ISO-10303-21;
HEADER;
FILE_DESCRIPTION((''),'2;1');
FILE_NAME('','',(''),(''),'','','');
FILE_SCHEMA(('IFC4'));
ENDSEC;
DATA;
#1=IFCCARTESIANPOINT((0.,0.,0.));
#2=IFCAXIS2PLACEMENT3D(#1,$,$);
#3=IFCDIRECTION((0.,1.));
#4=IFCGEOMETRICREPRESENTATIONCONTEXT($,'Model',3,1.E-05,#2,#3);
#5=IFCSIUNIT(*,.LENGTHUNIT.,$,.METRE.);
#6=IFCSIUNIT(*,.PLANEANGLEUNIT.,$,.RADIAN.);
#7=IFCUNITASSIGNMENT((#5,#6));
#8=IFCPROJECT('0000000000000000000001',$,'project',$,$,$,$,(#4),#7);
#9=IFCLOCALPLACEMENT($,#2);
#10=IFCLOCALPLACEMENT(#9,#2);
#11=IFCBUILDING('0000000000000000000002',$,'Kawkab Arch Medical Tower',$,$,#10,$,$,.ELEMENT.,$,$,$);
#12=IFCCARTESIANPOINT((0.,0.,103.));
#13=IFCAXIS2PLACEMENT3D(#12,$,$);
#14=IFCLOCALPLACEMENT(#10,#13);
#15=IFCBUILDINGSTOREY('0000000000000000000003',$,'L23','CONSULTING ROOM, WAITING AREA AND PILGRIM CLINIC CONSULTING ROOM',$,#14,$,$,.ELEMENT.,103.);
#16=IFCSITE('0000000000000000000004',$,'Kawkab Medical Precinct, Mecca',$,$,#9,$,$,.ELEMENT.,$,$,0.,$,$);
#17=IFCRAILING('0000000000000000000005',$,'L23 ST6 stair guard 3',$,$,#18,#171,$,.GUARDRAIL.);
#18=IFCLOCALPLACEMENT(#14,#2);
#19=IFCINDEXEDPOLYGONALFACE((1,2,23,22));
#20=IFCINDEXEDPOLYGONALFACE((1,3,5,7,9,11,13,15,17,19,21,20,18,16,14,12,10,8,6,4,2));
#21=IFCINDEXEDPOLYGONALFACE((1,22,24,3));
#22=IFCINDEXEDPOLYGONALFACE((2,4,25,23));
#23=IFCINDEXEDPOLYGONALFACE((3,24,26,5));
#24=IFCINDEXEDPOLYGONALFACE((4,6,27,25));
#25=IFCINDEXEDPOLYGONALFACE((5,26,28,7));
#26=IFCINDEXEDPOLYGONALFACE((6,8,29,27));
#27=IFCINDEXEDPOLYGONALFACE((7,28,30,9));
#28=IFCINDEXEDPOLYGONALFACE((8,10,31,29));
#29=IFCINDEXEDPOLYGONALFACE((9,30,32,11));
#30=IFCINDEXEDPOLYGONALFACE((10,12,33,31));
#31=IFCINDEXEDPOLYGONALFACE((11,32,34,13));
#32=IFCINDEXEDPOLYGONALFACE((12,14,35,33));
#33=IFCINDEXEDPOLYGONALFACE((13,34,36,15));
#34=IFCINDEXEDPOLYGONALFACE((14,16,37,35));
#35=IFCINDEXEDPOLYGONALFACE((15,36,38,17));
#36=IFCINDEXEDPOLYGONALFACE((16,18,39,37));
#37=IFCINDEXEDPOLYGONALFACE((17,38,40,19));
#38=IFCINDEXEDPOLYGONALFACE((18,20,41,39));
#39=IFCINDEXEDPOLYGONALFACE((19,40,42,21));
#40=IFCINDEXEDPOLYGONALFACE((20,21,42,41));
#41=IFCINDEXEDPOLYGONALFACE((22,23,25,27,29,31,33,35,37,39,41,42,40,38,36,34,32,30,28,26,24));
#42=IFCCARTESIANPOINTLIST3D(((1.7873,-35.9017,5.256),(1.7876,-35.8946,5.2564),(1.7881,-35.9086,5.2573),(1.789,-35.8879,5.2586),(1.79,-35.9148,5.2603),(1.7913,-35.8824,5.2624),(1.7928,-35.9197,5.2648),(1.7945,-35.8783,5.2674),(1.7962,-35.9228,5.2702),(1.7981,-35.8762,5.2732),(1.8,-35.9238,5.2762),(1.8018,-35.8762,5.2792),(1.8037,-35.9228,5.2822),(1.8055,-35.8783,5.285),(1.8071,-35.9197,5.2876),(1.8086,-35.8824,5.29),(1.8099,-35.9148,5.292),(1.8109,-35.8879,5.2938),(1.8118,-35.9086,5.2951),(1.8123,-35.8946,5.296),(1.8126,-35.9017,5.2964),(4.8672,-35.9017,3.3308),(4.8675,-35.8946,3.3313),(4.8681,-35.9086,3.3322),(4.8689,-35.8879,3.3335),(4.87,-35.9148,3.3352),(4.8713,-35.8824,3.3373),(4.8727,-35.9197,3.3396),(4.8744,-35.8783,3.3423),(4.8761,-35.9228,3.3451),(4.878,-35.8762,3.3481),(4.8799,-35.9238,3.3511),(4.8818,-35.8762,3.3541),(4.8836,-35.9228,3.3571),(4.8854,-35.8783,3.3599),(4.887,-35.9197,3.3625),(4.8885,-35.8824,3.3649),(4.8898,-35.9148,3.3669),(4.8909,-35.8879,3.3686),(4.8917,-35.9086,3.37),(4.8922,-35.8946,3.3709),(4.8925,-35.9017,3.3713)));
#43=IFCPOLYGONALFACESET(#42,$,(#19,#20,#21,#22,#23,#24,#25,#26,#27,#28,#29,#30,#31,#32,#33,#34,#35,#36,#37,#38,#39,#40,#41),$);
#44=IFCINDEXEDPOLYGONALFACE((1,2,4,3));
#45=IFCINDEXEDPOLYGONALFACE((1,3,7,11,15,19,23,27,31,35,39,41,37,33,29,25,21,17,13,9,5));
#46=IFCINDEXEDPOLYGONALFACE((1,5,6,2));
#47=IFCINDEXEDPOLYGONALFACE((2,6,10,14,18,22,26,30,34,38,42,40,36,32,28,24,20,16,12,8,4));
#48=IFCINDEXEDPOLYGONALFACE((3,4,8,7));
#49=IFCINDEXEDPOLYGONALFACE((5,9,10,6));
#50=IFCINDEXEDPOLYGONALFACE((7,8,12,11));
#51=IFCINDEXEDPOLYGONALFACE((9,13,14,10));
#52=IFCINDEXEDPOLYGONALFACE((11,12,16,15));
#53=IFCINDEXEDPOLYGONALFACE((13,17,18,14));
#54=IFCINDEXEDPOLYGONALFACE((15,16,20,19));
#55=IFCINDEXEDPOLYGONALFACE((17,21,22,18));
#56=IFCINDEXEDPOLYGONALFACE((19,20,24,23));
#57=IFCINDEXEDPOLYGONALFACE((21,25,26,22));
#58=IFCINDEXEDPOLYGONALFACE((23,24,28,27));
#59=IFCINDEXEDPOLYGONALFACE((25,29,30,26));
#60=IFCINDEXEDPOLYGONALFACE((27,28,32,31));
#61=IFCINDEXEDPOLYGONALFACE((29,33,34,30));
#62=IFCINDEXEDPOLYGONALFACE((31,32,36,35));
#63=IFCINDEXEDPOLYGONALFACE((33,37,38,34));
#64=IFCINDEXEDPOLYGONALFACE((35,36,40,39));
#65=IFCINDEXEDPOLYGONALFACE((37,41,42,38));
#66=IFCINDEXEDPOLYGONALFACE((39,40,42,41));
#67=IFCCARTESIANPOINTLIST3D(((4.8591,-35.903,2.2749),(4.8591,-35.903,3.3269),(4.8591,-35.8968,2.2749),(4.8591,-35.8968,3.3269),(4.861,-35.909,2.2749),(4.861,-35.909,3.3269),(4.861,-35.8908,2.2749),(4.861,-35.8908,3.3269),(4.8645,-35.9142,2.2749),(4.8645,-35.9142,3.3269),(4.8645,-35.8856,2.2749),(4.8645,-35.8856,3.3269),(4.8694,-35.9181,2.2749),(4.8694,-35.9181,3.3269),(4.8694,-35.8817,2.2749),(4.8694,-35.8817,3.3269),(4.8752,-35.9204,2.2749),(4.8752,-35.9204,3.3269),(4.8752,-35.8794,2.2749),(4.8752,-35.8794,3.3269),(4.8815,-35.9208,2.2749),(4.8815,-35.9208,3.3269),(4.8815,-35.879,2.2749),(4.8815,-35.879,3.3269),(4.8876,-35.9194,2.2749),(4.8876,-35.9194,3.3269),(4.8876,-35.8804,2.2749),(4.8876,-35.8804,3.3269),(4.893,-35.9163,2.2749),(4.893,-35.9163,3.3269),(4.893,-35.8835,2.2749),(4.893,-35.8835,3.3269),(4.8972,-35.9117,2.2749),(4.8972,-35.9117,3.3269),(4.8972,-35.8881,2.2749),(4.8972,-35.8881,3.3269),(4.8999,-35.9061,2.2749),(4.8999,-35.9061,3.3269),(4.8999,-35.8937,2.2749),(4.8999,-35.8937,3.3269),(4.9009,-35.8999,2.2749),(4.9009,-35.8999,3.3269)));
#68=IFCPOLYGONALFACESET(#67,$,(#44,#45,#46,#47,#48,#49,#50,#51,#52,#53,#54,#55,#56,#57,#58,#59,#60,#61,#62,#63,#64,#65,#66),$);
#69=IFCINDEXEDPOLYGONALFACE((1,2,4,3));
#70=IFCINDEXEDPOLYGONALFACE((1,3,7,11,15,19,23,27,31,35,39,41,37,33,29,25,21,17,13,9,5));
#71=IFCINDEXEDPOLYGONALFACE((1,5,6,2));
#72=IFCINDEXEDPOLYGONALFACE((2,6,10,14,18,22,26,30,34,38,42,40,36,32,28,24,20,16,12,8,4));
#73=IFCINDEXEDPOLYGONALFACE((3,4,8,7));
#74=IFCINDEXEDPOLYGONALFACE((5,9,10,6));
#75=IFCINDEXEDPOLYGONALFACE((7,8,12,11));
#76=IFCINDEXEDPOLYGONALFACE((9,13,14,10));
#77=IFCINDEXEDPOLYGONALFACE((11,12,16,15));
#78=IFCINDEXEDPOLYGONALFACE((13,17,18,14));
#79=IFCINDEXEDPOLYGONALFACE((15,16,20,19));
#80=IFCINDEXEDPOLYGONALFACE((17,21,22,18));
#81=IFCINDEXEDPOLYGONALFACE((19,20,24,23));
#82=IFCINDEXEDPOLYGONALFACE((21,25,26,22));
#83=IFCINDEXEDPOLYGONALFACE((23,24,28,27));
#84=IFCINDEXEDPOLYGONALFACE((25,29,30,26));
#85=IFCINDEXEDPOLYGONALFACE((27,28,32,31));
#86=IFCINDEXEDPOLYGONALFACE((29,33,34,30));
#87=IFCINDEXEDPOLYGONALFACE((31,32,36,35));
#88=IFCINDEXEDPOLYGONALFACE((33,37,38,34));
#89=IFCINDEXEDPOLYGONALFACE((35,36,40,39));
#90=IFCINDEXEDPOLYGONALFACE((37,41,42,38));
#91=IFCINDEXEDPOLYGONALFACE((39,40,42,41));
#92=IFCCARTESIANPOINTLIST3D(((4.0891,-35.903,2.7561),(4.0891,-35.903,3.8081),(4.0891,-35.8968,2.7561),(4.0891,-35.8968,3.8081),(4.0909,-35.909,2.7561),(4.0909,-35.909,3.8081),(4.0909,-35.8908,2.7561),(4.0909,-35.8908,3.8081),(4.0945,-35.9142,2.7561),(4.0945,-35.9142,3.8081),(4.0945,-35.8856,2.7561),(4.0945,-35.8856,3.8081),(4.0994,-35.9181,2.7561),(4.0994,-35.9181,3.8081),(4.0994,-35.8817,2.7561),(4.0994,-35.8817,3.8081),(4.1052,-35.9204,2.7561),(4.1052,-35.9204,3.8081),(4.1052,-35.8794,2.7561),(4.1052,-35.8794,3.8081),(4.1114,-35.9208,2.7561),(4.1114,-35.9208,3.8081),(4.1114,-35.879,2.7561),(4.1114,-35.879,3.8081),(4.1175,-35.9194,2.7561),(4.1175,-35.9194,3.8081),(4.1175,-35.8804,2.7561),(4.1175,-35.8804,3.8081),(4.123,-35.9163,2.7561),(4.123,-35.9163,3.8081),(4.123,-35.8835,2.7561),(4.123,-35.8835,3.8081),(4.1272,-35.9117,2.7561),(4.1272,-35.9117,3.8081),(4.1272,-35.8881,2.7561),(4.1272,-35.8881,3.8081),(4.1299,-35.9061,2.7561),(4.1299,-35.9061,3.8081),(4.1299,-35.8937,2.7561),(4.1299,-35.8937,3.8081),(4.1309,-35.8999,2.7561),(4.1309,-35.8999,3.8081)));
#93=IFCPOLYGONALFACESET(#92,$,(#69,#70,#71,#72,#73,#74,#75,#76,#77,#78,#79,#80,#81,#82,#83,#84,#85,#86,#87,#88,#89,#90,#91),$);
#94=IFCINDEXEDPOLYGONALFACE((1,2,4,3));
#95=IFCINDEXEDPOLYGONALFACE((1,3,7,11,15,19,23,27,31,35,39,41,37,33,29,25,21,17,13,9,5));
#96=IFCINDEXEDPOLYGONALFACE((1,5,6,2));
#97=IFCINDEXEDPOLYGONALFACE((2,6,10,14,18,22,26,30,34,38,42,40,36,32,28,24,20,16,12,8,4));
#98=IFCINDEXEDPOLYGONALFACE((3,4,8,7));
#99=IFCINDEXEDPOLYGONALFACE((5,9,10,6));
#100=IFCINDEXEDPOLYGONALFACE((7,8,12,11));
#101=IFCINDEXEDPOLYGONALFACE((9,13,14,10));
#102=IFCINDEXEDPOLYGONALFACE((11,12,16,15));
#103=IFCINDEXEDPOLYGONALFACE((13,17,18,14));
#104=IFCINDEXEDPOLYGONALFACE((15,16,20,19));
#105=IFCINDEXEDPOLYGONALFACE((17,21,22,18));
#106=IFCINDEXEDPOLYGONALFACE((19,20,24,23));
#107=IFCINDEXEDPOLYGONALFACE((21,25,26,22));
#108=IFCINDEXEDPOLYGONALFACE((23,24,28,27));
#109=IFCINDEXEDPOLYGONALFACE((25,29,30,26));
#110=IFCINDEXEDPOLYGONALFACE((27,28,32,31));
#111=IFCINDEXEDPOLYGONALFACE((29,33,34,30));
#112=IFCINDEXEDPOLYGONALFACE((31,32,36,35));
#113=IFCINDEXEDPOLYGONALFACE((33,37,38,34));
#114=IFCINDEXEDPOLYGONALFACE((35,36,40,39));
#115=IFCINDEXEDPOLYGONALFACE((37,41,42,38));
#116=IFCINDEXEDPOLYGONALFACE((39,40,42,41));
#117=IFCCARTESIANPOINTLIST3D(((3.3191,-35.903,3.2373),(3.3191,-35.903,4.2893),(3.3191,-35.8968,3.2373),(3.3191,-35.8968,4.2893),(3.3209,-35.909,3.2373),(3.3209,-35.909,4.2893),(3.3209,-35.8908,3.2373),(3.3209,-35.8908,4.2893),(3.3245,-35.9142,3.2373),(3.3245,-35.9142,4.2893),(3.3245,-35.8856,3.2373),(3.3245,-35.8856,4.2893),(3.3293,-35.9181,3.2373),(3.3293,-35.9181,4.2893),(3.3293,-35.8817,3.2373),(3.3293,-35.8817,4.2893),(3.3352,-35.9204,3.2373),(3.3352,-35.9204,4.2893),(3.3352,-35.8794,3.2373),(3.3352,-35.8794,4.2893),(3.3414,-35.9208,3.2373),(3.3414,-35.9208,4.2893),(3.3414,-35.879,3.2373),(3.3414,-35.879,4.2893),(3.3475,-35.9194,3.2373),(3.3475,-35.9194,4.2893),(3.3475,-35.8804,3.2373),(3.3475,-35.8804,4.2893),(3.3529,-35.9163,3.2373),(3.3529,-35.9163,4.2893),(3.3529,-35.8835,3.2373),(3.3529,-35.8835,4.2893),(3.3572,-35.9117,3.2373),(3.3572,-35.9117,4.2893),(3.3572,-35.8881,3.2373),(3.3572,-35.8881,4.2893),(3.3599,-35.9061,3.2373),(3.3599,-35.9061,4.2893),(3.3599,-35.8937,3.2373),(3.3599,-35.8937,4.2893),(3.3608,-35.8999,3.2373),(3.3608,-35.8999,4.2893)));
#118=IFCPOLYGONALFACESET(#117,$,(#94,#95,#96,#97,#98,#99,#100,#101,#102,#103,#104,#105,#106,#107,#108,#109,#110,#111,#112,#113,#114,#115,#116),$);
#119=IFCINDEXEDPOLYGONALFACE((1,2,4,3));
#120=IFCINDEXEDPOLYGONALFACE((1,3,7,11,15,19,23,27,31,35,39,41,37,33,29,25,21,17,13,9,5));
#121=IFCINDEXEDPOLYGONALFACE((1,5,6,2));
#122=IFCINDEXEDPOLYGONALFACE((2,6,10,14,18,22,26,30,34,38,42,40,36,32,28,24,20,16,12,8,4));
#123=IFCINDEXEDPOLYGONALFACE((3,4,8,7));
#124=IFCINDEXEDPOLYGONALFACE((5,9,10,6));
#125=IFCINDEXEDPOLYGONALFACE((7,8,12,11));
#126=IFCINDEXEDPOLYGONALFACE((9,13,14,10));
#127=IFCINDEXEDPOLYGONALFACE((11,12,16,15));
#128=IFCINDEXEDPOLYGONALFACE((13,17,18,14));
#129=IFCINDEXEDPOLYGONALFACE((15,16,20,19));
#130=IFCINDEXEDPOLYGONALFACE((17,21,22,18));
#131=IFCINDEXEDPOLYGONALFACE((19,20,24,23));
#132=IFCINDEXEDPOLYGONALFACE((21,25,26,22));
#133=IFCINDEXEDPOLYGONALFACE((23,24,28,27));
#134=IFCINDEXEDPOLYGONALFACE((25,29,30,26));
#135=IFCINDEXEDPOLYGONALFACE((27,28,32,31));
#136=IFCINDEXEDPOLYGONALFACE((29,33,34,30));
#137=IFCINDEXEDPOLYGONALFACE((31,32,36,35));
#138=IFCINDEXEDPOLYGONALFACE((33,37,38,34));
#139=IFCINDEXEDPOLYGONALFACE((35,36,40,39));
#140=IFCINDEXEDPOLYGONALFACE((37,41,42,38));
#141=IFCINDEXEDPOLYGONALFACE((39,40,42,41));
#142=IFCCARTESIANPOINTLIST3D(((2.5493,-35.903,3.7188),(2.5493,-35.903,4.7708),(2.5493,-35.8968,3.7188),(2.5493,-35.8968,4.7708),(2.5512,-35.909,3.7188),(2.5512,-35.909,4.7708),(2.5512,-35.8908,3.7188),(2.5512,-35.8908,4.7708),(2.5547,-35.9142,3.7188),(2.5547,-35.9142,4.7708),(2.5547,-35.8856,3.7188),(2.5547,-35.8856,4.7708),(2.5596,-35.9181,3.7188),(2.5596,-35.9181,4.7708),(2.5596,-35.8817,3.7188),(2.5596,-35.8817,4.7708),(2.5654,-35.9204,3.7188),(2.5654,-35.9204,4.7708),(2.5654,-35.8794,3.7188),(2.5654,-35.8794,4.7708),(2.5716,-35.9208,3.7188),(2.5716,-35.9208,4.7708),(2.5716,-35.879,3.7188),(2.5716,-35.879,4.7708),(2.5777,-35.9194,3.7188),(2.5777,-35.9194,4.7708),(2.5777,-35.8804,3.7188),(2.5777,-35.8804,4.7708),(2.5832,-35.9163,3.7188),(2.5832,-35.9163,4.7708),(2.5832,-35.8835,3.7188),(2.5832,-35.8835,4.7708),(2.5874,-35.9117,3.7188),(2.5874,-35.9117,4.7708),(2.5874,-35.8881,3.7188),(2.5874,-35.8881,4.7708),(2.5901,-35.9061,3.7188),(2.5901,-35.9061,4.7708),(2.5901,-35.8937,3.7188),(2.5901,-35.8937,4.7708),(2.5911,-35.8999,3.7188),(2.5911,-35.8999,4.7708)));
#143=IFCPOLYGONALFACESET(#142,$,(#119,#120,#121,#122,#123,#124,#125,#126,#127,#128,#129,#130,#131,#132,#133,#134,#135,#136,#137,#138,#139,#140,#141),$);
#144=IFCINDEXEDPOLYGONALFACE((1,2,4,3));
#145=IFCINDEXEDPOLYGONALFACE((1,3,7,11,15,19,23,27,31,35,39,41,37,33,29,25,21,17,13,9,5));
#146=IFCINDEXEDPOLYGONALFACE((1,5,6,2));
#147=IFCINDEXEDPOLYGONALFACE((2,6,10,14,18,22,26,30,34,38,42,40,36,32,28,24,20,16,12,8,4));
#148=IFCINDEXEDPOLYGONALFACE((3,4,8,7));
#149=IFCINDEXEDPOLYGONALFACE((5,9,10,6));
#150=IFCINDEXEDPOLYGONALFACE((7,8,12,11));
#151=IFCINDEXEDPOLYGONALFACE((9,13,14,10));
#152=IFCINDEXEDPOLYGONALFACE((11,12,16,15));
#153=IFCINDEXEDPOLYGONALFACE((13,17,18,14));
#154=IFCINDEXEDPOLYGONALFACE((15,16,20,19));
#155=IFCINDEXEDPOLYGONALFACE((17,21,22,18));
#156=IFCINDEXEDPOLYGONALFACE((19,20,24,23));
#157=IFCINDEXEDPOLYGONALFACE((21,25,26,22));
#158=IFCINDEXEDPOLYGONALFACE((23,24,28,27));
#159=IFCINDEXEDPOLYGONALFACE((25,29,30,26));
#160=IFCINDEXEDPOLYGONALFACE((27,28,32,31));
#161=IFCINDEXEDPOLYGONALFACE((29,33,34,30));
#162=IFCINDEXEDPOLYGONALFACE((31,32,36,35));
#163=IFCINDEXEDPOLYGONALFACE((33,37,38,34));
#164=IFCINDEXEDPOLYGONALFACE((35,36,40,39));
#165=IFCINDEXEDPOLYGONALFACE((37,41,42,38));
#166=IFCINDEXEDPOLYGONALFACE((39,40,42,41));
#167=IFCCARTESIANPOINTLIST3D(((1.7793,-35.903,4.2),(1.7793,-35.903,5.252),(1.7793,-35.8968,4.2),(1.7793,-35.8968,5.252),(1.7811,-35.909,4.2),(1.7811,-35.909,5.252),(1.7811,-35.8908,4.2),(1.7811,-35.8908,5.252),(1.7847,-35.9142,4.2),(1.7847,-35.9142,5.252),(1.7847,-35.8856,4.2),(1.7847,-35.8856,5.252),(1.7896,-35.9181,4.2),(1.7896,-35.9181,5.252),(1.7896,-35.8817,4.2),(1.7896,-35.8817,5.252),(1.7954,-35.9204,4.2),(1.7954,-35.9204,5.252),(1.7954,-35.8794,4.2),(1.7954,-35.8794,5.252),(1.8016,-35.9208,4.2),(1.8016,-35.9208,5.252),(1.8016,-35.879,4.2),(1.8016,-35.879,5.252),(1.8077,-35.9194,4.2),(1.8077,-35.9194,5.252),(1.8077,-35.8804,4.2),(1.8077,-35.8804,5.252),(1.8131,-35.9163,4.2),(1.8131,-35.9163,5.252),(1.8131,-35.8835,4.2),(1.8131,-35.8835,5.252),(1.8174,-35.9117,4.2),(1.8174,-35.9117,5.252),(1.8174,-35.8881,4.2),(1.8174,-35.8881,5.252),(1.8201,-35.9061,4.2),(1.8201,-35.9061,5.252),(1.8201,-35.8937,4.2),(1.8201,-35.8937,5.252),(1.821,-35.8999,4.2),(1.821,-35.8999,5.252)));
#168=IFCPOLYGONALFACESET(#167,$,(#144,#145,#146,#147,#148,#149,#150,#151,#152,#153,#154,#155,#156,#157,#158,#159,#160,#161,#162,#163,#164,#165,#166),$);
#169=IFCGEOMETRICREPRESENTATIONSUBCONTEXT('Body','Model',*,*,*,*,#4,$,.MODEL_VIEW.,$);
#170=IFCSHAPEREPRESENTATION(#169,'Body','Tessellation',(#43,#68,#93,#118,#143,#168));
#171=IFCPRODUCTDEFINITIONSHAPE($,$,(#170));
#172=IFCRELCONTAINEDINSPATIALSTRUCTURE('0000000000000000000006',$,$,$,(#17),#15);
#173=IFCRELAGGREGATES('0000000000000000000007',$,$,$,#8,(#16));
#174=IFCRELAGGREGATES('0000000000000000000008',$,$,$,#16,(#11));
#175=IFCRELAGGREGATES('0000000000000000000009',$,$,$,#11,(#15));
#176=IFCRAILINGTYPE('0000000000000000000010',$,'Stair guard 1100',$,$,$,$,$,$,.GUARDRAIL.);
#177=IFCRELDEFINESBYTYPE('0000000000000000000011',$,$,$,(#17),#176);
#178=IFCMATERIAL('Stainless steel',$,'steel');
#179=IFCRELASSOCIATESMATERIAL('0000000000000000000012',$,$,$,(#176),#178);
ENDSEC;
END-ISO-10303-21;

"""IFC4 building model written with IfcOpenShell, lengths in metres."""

from ifc_helpers import new_model, si_unit, direction, frame, origin, origin_2d, place, context, subcontext, project, spatial, circle, extrude, material, type_object, element, save


model = new_model("IFC4")

# Units and contexts
model_context = context("Model", 3, precision=1e-05, world=origin(), true_north=direction((0.0, 1.0)))
body_context = subcontext(model_context, "Body", "Model", "MODEL_VIEW")
ifc_project = project(units=[si_unit("LENGTHUNIT", "METRE"), si_unit("PLANEANGLEUNIT", "RADIAN")], contexts=[model_context])

# Site, building, storey
site_placement = place(None, origin())
site = spatial("IfcSite", under=ifc_project, at=site_placement, Name="Kawkab Medical Precinct, Mecca", CompositionType="ELEMENT", RefElevation=0.0)
building_placement = place(site_placement, origin())
building = spatial("IfcBuilding", under=site, at=building_placement, Name="Kawkab Arch Medical Tower", CompositionType="ELEMENT")
storey_placement = place(building_placement, frame((0.0, 0.0, 103.0)))
storey = spatial("IfcBuildingStorey", under=building, at=storey_placement, Name="L23", Description="CONSULTING ROOM, WAITING AREA AND PILGRIM CLINIC CONSULTING ROOM", CompositionType="ELEMENT", Elevation=103.0)

# Railing
ifc_material_1 = material(Name="Stainless steel", Category="steel")
railing_type = type_object("IfcRailingType", Name="Stair guard 1100", PredefinedType="GUARDRAIL", material=ifc_material_1)
railing_1_placement = place(storey_placement, frame((4.8799, -35.8999, 2.2749)))
element("IfcRailing", 1, at=railing_1_placement, inside=storey, type_object=railing_type, Name="L23 ST6 stair guard 3", PredefinedType="GUARDRAIL", context=body_context, shape_type="SweptSolid", body=[
    extrude(circle(Radius=0.0239, at=origin_2d()), frame((0.0, 0.0, 1.0762), z_axis=(-0.847979, 0.0, 0.530029), x_axis=(0.0, -1.0, 0.0)), (0.0, 0.0, 1.0), 3.6321),
    extrude(circle(Radius=0.021, at=origin_2d()), origin(), (0.0, 0.0, 1.0), 1.052),
    extrude(circle(Radius=0.021, at=origin_2d()), frame((-0.77, 0.0, 0.4812)), (0.0, 0.0, 1.0), 1.052),
    extrude(circle(Radius=0.021, at=origin_2d()), frame((-1.54, 0.0, 0.9624)), (0.0, 0.0, 1.0), 1.052),
    extrude(circle(Radius=0.021, at=origin_2d()), frame((-2.3098, 0.0, 1.4438)), (0.0, 0.0, 1.0), 1.052),
    extrude(circle(Radius=0.021, at=origin_2d()), frame((-3.0798, 0.0, 1.925)), (0.0, 0.0, 1.0), 1.052),
])

save(model, "model.ifc")
